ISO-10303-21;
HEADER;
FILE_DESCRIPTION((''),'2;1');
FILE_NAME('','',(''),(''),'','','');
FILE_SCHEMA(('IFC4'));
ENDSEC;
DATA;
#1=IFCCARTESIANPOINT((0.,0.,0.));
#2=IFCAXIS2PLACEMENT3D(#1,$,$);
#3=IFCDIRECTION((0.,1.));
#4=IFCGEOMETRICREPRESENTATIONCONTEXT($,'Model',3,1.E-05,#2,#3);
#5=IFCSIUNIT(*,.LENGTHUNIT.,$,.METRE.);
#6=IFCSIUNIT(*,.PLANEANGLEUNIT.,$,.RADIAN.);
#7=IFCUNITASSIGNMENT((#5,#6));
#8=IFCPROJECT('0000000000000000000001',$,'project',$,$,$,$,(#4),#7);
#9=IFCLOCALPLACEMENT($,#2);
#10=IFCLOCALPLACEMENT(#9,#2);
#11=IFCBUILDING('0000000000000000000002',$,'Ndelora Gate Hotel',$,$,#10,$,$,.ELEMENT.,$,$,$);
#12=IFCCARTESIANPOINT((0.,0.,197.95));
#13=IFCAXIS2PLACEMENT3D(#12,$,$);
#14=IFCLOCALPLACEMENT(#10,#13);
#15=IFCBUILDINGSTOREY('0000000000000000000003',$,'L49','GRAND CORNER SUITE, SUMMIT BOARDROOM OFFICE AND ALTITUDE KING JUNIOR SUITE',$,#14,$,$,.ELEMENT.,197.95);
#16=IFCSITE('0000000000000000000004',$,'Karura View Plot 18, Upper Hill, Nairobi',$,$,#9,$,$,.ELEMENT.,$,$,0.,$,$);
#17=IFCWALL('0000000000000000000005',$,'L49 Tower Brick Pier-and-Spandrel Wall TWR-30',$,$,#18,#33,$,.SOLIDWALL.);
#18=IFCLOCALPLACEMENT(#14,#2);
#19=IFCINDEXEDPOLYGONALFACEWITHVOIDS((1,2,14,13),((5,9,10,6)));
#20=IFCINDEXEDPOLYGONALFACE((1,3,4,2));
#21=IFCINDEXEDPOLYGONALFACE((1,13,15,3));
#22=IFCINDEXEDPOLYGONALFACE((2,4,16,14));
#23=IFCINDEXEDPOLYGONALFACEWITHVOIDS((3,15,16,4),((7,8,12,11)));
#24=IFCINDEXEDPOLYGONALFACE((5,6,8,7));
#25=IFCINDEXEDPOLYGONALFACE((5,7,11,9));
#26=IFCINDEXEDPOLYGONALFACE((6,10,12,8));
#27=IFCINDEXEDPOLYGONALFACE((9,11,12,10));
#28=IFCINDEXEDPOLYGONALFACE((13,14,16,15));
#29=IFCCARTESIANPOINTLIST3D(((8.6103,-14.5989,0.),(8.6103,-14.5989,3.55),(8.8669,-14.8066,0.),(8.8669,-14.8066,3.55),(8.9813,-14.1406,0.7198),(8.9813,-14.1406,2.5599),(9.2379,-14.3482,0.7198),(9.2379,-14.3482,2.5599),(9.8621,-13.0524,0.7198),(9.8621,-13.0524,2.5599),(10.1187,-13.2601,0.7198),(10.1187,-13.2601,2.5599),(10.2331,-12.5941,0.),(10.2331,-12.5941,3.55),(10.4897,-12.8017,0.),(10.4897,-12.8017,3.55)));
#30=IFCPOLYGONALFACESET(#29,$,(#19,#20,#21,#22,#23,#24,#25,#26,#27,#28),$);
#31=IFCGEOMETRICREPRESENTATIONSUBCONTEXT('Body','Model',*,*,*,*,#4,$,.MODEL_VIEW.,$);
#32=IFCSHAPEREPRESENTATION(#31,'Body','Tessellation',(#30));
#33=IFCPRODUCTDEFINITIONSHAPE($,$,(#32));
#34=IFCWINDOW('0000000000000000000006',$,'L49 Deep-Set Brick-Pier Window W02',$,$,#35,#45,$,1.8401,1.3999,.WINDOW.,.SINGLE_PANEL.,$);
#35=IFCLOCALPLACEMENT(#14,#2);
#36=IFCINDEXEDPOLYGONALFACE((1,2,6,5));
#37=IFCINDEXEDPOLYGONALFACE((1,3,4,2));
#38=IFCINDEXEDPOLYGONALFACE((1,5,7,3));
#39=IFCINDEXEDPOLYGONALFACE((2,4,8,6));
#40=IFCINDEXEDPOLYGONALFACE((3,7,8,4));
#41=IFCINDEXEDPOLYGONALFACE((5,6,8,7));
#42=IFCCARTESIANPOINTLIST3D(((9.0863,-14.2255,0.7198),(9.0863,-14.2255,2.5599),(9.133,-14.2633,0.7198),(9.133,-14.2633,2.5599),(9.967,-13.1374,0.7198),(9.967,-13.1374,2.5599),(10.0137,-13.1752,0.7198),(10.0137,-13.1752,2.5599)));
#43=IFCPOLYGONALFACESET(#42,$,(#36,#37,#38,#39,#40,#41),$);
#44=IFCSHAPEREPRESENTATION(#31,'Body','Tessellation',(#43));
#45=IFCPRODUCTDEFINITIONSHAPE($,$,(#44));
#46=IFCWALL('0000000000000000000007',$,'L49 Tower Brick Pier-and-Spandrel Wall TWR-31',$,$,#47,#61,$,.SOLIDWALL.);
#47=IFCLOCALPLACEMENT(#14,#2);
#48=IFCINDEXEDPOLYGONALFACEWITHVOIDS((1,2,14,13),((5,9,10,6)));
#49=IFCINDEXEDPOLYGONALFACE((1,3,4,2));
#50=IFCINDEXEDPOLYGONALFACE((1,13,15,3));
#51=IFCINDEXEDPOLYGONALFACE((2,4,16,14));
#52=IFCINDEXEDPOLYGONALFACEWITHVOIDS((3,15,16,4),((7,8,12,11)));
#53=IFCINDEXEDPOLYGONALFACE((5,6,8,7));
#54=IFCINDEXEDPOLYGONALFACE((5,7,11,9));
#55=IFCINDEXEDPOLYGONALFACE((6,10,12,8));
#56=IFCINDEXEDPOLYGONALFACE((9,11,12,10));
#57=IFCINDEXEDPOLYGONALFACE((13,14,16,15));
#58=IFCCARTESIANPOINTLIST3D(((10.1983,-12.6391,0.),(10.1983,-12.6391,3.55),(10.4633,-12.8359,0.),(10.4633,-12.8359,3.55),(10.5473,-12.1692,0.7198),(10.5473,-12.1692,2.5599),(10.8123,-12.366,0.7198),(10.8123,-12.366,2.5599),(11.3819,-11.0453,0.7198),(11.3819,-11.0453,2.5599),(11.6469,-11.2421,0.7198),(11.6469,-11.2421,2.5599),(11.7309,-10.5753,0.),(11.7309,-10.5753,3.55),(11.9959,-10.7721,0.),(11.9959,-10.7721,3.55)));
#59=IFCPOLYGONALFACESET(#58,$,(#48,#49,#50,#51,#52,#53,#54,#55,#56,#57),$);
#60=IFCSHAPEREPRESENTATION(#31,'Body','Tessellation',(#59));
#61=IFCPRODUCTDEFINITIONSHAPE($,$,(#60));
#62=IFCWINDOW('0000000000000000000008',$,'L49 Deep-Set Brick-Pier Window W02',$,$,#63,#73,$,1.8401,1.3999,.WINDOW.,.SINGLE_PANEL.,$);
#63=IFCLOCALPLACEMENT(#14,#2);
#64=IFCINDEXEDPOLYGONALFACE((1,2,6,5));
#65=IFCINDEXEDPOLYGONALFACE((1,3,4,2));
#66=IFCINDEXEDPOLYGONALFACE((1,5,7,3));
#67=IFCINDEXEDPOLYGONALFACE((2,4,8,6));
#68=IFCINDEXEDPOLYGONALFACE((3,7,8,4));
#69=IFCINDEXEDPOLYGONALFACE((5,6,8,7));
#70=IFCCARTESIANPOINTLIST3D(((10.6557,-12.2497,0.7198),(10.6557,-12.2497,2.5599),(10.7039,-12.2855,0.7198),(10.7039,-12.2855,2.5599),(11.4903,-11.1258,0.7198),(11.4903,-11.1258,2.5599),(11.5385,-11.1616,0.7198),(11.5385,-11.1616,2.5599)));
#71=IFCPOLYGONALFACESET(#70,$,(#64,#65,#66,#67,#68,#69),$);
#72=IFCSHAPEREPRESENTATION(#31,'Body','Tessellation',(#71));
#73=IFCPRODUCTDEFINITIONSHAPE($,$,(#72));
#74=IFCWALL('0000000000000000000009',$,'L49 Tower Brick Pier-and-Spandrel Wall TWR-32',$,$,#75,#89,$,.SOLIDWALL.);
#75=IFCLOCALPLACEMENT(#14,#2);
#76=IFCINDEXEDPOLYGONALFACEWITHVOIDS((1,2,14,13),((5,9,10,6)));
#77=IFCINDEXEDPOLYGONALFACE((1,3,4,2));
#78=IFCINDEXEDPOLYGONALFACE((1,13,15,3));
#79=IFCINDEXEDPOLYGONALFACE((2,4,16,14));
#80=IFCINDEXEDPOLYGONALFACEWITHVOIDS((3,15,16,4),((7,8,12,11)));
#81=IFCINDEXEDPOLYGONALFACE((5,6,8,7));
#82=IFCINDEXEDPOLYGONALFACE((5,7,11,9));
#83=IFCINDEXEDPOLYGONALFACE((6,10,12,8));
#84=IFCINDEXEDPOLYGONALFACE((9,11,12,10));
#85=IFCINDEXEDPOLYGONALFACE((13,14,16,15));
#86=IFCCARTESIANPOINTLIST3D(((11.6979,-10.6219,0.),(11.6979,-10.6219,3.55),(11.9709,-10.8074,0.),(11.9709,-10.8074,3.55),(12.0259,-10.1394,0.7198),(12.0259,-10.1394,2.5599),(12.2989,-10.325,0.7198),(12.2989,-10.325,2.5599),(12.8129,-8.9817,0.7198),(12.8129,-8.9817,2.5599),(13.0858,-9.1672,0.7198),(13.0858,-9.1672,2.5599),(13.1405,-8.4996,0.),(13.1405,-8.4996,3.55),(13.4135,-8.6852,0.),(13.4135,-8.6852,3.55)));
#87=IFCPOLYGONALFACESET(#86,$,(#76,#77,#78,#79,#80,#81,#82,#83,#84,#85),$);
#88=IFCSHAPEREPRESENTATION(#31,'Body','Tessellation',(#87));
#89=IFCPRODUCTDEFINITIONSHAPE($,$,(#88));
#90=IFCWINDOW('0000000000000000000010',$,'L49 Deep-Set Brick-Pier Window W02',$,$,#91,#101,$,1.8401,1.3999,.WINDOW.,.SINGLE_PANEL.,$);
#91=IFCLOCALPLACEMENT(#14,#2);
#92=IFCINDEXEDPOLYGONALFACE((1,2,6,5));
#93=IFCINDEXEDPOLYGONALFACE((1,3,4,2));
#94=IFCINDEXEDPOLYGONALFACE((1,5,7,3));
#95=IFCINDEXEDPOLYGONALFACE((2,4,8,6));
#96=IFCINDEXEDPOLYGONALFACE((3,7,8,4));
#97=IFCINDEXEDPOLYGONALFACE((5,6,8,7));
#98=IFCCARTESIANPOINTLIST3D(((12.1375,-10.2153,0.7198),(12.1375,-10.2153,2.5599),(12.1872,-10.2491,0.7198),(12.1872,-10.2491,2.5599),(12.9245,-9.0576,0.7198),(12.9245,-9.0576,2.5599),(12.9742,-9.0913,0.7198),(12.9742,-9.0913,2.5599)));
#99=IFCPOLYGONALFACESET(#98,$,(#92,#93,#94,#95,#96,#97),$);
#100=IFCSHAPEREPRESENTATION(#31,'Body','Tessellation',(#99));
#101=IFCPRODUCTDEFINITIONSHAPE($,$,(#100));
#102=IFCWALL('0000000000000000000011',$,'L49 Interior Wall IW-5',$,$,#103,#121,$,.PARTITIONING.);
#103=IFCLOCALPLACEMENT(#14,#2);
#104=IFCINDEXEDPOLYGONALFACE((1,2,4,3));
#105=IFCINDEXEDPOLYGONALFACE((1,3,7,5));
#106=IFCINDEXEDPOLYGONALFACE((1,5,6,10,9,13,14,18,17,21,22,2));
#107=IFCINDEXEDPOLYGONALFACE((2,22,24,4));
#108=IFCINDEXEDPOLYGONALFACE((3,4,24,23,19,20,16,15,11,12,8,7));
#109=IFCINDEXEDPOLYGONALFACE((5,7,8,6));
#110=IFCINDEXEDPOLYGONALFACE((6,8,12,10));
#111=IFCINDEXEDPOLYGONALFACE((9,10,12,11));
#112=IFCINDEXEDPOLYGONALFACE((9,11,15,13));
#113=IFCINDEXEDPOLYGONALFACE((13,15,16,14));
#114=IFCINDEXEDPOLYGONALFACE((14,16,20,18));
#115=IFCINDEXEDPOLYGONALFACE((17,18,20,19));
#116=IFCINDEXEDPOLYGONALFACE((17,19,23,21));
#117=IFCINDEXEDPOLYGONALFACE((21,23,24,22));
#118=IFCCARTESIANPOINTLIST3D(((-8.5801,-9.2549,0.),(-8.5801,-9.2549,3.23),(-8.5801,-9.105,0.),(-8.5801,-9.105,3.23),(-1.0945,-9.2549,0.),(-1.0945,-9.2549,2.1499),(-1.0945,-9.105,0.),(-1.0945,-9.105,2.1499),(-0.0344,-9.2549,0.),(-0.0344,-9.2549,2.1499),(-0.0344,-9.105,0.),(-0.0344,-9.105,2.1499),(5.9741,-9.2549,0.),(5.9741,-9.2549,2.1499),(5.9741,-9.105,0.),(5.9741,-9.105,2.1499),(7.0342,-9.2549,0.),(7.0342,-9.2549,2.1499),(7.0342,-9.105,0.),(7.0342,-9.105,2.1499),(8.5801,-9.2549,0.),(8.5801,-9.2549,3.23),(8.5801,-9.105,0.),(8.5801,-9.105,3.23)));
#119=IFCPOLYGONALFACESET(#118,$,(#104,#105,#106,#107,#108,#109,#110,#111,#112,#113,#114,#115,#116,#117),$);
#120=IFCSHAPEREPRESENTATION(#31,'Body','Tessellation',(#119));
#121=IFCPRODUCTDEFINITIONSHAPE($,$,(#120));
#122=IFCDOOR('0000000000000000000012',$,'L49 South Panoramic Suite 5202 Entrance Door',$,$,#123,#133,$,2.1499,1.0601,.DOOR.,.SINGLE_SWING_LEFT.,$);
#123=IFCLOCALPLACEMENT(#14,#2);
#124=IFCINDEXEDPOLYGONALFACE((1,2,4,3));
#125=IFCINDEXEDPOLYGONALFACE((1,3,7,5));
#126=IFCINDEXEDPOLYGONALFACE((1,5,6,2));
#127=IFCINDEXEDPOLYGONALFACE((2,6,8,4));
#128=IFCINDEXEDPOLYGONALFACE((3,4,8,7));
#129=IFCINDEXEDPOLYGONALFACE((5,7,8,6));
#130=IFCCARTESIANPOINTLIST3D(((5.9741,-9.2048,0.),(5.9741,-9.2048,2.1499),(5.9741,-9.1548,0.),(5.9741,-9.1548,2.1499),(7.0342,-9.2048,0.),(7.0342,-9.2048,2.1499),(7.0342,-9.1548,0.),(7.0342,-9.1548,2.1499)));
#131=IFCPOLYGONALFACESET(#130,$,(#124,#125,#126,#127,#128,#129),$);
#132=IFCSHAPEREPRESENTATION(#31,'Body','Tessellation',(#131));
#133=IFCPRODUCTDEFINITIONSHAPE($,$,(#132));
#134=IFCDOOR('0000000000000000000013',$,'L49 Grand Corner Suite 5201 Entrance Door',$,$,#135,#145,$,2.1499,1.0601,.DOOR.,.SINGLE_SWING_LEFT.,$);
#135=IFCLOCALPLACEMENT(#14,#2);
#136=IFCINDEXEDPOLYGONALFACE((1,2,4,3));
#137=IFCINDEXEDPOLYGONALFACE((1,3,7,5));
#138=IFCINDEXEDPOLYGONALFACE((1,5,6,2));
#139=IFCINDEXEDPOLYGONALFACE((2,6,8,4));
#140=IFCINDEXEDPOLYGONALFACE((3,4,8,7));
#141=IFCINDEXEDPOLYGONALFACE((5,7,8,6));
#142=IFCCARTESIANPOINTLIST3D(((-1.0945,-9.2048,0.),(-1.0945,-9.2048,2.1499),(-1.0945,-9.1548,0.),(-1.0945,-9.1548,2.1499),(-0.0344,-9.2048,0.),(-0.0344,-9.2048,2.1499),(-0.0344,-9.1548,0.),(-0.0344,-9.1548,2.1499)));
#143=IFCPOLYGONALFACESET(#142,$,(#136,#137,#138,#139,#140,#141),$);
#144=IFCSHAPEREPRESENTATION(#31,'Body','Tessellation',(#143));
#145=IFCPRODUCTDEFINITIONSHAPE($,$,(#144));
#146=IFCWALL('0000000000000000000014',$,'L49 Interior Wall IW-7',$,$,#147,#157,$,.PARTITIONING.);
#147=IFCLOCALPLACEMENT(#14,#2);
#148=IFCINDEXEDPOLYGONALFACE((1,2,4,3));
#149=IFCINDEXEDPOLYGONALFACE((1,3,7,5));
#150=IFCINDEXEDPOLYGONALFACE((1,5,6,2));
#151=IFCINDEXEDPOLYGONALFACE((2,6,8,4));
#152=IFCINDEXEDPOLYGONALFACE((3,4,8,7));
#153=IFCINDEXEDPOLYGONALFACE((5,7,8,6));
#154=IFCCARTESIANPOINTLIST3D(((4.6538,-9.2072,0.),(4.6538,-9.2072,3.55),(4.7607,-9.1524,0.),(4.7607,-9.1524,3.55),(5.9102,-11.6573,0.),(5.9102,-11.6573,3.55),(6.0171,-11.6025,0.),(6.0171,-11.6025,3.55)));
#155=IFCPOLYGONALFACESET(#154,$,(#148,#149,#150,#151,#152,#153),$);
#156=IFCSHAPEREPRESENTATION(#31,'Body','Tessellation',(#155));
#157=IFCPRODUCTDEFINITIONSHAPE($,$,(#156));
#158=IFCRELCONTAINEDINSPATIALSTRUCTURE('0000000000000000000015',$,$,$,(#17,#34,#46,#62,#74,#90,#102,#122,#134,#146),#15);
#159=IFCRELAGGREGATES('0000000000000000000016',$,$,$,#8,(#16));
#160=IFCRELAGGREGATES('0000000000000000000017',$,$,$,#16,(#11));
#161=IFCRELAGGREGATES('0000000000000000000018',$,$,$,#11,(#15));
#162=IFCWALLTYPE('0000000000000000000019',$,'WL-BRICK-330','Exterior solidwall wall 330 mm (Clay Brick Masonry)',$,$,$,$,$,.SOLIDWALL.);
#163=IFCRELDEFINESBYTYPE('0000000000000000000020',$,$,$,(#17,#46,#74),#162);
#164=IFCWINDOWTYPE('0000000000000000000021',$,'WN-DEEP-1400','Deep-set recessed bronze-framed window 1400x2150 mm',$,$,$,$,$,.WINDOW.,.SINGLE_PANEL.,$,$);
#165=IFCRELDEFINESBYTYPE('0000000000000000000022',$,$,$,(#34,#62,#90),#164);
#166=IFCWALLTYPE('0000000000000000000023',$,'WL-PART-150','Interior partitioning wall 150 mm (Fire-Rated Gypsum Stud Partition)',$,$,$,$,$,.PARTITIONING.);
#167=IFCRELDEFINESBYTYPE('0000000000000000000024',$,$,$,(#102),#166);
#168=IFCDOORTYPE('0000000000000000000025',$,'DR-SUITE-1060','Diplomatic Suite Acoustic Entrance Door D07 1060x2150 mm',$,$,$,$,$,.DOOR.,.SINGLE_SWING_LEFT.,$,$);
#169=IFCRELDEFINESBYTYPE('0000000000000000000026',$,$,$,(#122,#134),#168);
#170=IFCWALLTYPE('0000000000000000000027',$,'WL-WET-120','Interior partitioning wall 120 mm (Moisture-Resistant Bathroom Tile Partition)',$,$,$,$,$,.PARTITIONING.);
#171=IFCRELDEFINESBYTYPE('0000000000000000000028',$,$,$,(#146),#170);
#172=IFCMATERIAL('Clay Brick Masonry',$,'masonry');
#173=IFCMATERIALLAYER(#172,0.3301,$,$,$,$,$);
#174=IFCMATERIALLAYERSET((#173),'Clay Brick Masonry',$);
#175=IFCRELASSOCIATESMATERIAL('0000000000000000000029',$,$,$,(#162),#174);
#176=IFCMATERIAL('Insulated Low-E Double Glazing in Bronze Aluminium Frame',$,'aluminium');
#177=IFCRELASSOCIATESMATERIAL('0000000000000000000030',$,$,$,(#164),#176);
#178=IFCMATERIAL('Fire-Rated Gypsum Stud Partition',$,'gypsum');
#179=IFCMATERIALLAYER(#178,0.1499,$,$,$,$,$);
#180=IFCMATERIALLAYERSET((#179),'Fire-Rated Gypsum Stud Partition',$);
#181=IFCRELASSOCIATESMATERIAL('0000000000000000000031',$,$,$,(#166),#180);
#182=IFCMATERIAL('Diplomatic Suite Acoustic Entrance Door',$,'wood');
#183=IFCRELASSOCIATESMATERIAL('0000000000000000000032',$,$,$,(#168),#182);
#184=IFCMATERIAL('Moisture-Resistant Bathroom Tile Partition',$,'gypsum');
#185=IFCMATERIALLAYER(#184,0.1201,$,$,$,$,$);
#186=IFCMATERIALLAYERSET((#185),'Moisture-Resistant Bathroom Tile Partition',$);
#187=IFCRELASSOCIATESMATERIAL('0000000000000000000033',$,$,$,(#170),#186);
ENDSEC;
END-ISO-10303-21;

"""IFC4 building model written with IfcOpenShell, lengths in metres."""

from ifc_helpers import new_model, si_unit, direction, frame, frame_2d, origin, place, context, subcontext, project, spatial, rectangle, extrude, material, layer, layer_set, type_object, element, fill, save


model = new_model("IFC4")

# Units and contexts
model_context = context("Model", 3, precision=1e-05, world=origin(), true_north=direction((0.0, 1.0)))
body_context = subcontext(model_context, "Body", "Model", "MODEL_VIEW")
ifc_project = project(units=[si_unit("LENGTHUNIT", "METRE"), si_unit("PLANEANGLEUNIT", "RADIAN")], contexts=[model_context])

# Site, building, storey
site_placement = place(None, origin())
site = spatial("IfcSite", under=ifc_project, at=site_placement, Name="Karura View Plot 18, Upper Hill, Nairobi", CompositionType="ELEMENT", RefElevation=0.0)
building_placement = place(site_placement, origin())
building = spatial("IfcBuilding", under=site, at=building_placement, Name="Ndelora Gate Hotel", CompositionType="ELEMENT")
storey_placement = place(building_placement, frame((0.0, 0.0, 197.95)))
storey = spatial("IfcBuildingStorey", under=building, at=storey_placement, Name="L49", Description="GRAND CORNER SUITE, SUMMIT BOARDROOM OFFICE AND ALTITUDE KING JUNIOR SUITE", CompositionType="ELEMENT", Elevation=197.95)

# Walls, openings, windows
ifc_material_1 = material(Name="Clay Brick Masonry", Category="masonry")
ifc_layer_1 = layer(ifc_material_1, 0.3301)
ifc_layer_set_1 = layer_set([ifc_layer_1], Name="Clay Brick Masonry")
wall_type_1 = type_object("IfcWallType", Name="WL-BRICK-330", Description="Exterior solidwall wall 330 mm (Clay Brick Masonry)", PredefinedType="SOLIDWALL", material=ifc_layer_set_1)
ifc_material_2 = material(Name="Insulated Low-E Double Glazing in Bronze Aluminium Frame", Category="aluminium")
window_type = type_object("IfcWindowType", Name="WN-DEEP-1400", Description="Deep-set recessed bronze-framed window 1400x2150 mm", PartitioningType="SINGLE_PANEL", PredefinedType="WINDOW", material=ifc_material_2)
wall_1_placement = place(storey_placement, frame((10.3613, -12.698, 0.0), z_axis=(0.0, 0.0, 1.0), x_axis=(-0.629152, -0.777282, 0.0)))
wall_1 = element("IfcWall", 1, at=wall_1_placement, inside=storey, type_object=wall_type_1, Name="L49 Tower Brick Pier-and-Spandrel Wall TWR-30", PredefinedType="SOLIDWALL", context=body_context, shape_type="SweptSolid", body=[
    extrude(rectangle(XDim=2.5793, YDim=0.3301, at=frame_2d((1.2896, 0.0))), origin(), (0.0, 0.0, 1.0), 3.55),
])
opening_1_placement = place(wall_1_placement, frame((0.5896, 0.0, 0.72)))
opening_1 = element("IfcOpeningElement", 2, at=opening_1_placement, cuts=wall_1, PredefinedType="OPENING", context=body_context, shape_type="SweptSolid", body=[
    extrude(rectangle(XDim=1.3999, YDim=1.8401, at=frame_2d((0.7, 0.9199))), frame((0.0, 0.175, 0.0), z_axis=(0.0, -1.0, 0.0), x_axis=(1.0, 0.0, 0.0)), (0.0, 0.0, 1.0), 0.3501),
])
window_1_placement = place(opening_1_placement, origin())
window_1 = element("IfcWindow", 3, at=window_1_placement, inside=storey, type_object=window_type, Name="L49 Deep-Set Brick-Pier Window W02", OverallHeight=1.8401, OverallWidth=1.3999, PartitioningType="SINGLE_PANEL", PredefinedType="WINDOW", context=body_context, shape_type="SweptSolid", body=[
    extrude(rectangle(XDim=1.3999, YDim=1.8401, at=frame_2d((0.7, 0.9199))), frame((0.0, 0.03, 0.0), z_axis=(0.0, -1.0, 0.0), x_axis=(1.0, 0.0, 0.0)), (0.0, 0.0, 1.0), 0.0601),
])
fill(opening_1, window_1)
wall_2_placement = place(storey_placement, frame((11.8633, -10.6738, 0.0), z_axis=(0.0, 0.0, 1.0), x_axis=(-0.596179, -0.802852, 0.0)))
wall_2 = element("IfcWall", 4, at=wall_2_placement, inside=storey, type_object=wall_type_1, Name="L49 Tower Brick Pier-and-Spandrel Wall TWR-31", PredefinedType="SOLIDWALL", context=body_context, shape_type="SweptSolid", body=[
    extrude(rectangle(XDim=2.5706, YDim=0.3301, at=frame_2d((1.2852, 0.0))), origin(), (0.0, 0.0, 1.0), 3.55),
])
opening_2_placement = place(wall_2_placement, frame((0.5852, 0.0, 0.72)))
opening_2 = element("IfcOpeningElement", 5, at=opening_2_placement, cuts=wall_2, PredefinedType="OPENING", context=body_context, shape_type="SweptSolid", body=[
    extrude(rectangle(XDim=1.3999, YDim=1.8401, at=frame_2d((0.7, 0.9199))), frame((0.0, 0.175, 0.0), z_axis=(0.0, -1.0, 0.0), x_axis=(1.0, 0.0, 0.0)), (0.0, 0.0, 1.0), 0.3501),
])
window_2_placement = place(opening_2_placement, origin())
window_2 = element("IfcWindow", 6, at=window_2_placement, inside=storey, type_object=window_type, Name="L49 Deep-Set Brick-Pier Window W02", OverallHeight=1.8401, OverallWidth=1.3999, PartitioningType="SINGLE_PANEL", PredefinedType="WINDOW", context=body_context, shape_type="SweptSolid", body=[
    extrude(rectangle(XDim=1.3999, YDim=1.8401, at=frame_2d((0.7, 0.9199))), frame((0.0, 0.03, 0.0), z_axis=(0.0, -1.0, 0.0), x_axis=(1.0, 0.0, 0.0)), (0.0, 0.0, 1.0), 0.0601),
])
fill(opening_2, window_2)
wall_3_placement = place(storey_placement, frame((13.2771, -8.5923, 0.0), z_axis=(0.0, 0.0, 1.0), x_axis=(-0.562164, -0.827026, 0.0)))
wall_3 = element("IfcWall", 7, at=wall_3_placement, inside=storey, type_object=wall_type_1, Name="L49 Tower Brick Pier-and-Spandrel Wall TWR-32", PredefinedType="SOLIDWALL", context=body_context, shape_type="SweptSolid", body=[
    extrude(rectangle(XDim=2.5662, YDim=0.3301, at=frame_2d((1.2832, 0.0))), origin(), (0.0, 0.0, 1.0), 3.55),
])
opening_3_placement = place(wall_3_placement, frame((0.583, 0.0, 0.72)))
opening_3 = element("IfcOpeningElement", 8, at=opening_3_placement, cuts=wall_3, PredefinedType="OPENING", context=body_context, shape_type="SweptSolid", body=[
    extrude(rectangle(XDim=1.3999, YDim=1.8401, at=frame_2d((0.7, 0.9199))), frame((0.0, 0.175, 0.0), z_axis=(0.0, -1.0, 0.0), x_axis=(1.0, 0.0, 0.0)), (0.0, 0.0, 1.0), 0.3501),
])
window_3_placement = place(opening_3_placement, origin())
window_3 = element("IfcWindow", 9, at=window_3_placement, inside=storey, type_object=window_type, Name="L49 Deep-Set Brick-Pier Window W02", OverallHeight=1.8401, OverallWidth=1.3999, PartitioningType="SINGLE_PANEL", PredefinedType="WINDOW", context=body_context, shape_type="SweptSolid", body=[
    extrude(rectangle(XDim=1.3999, YDim=1.8401, at=frame_2d((0.7, 0.9199))), frame((0.0, 0.03, 0.0), z_axis=(0.0, -1.0, 0.0), x_axis=(1.0, 0.0, 0.0)), (0.0, 0.0, 1.0), 0.0601),
])
fill(opening_3, window_3)

# Wall, openings, doors
ifc_material_3 = material(Name="Fire-Rated Gypsum Stud Partition", Category="gypsum")
ifc_layer_2 = layer(ifc_material_3, 0.1499)
ifc_layer_set_2 = layer_set([ifc_layer_2], Name="Fire-Rated Gypsum Stud Partition")
wall_type_2 = type_object("IfcWallType", Name="WL-PART-150", Description="Interior partitioning wall 150 mm (Fire-Rated Gypsum Stud Partition)", PredefinedType="PARTITIONING", material=ifc_layer_set_2)
wall_4_placement = place(storey_placement, frame((8.5801, -9.1799, 0.0), z_axis=(0.0, 0.0, 1.0), x_axis=(-1.0, 0.0, 0.0)))
wall_4 = element("IfcWall", 10, at=wall_4_placement, inside=storey, type_object=wall_type_2, Name="L49 Interior Wall IW-5", PredefinedType="PARTITIONING", context=body_context, shape_type="SweptSolid", body=[
    extrude(rectangle(XDim=17.1602, YDim=0.1499, at=frame_2d((8.5801, 0.0))), origin(), (0.0, 0.0, 1.0), 3.23),
])
opening_4_placement = place(wall_4_placement, frame((1.5459, 0.0, 0.0)))
opening_4 = element("IfcOpeningElement", 11, at=opening_4_placement, cuts=wall_4, PredefinedType="OPENING", context=body_context, shape_type="SweptSolid", body=[
    extrude(rectangle(XDim=1.0601, YDim=2.1499, at=frame_2d((0.53, 1.075))), frame((0.0, 0.085, 0.0), z_axis=(0.0, -1.0, 0.0), x_axis=(1.0, 0.0, 0.0)), (0.0, 0.0, 1.0), 0.1699),
])
opening_5_placement = place(wall_4_placement, frame((8.6145, 0.0, 0.0)))
opening_5 = element("IfcOpeningElement", 12, at=opening_5_placement, cuts=wall_4, PredefinedType="OPENING", context=body_context, shape_type="SweptSolid", body=[
    extrude(rectangle(XDim=1.0601, YDim=2.1499, at=frame_2d((0.53, 1.075))), frame((0.0, 0.085, 0.0), z_axis=(0.0, -1.0, 0.0), x_axis=(1.0, 0.0, 0.0)), (0.0, 0.0, 1.0), 0.1699),
])
ifc_material_4 = material(Name="Diplomatic Suite Acoustic Entrance Door", Category="wood")
door_type_1 = type_object("IfcDoorType", Name="DR-SUITE-1060", Description="Diplomatic Suite Acoustic Entrance Door D07 1060x2150 mm", OperationType="SINGLE_SWING_LEFT", PredefinedType="DOOR", material=ifc_material_4)
door_1_placement = place(opening_4_placement, origin())
door_1 = element("IfcDoor", 13, at=door_1_placement, inside=storey, type_object=door_type_1, Name="L49 South Panoramic Suite 5202 Entrance Door", OperationType="SINGLE_SWING_LEFT", OverallHeight=2.1499, OverallWidth=1.0601, PredefinedType="DOOR", context=body_context, shape_type="SweptSolid", body=[
    extrude(rectangle(XDim=1.0601, YDim=2.1499, at=frame_2d((0.53, 1.075))), frame((0.0, 0.0249, 0.0), z_axis=(0.0, -1.0, 0.0), x_axis=(1.0, 0.0, 0.0)), (0.0, 0.0, 1.0), 0.05),
])
fill(opening_4, door_1)
door_2_placement = place(opening_5_placement, origin())
door_2 = element("IfcDoor", 14, at=door_2_placement, inside=storey, type_object=door_type_1, Name="L49 Grand Corner Suite 5201 Entrance Door", OperationType="SINGLE_SWING_LEFT", OverallHeight=2.1499, OverallWidth=1.0601, PredefinedType="DOOR", context=body_context, shape_type="SweptSolid", body=[
    extrude(rectangle(XDim=1.0601, YDim=2.1499, at=frame_2d((0.53, 1.075))), frame((0.0, 0.0249, 0.0), z_axis=(0.0, -1.0, 0.0), x_axis=(1.0, 0.0, 0.0)), (0.0, 0.0, 1.0), 0.05),
])
fill(opening_5, door_2)

# Wall
ifc_material_5 = material(Name="Moisture-Resistant Bathroom Tile Partition", Category="gypsum")
ifc_layer_3 = layer(ifc_material_5, 0.1201)
ifc_layer_set_3 = layer_set([ifc_layer_3], Name="Moisture-Resistant Bathroom Tile Partition")
wall_type_3 = type_object("IfcWallType", Name="WL-WET-120", Description="Interior partitioning wall 120 mm (Moisture-Resistant Bathroom Tile Partition)", PredefinedType="PARTITIONING", material=ifc_layer_set_3)
wall_5_placement = place(storey_placement, frame((5.9636, -11.6299, 0.0), z_axis=(0.0, 0.0, 1.0), x_axis=(-0.456306, 0.889823, 0.0)))
element("IfcWall", 15, at=wall_5_placement, inside=storey, type_object=wall_type_3, Name="L49 Interior Wall IW-7", PredefinedType="PARTITIONING", context=body_context, shape_type="SweptSolid", body=[
    extrude(rectangle(XDim=2.7534, YDim=0.1201, at=frame_2d((1.3767, 0.0))), origin(), (0.0, 0.0, 1.0), 3.55),
])

save(model, "model.ifc")
